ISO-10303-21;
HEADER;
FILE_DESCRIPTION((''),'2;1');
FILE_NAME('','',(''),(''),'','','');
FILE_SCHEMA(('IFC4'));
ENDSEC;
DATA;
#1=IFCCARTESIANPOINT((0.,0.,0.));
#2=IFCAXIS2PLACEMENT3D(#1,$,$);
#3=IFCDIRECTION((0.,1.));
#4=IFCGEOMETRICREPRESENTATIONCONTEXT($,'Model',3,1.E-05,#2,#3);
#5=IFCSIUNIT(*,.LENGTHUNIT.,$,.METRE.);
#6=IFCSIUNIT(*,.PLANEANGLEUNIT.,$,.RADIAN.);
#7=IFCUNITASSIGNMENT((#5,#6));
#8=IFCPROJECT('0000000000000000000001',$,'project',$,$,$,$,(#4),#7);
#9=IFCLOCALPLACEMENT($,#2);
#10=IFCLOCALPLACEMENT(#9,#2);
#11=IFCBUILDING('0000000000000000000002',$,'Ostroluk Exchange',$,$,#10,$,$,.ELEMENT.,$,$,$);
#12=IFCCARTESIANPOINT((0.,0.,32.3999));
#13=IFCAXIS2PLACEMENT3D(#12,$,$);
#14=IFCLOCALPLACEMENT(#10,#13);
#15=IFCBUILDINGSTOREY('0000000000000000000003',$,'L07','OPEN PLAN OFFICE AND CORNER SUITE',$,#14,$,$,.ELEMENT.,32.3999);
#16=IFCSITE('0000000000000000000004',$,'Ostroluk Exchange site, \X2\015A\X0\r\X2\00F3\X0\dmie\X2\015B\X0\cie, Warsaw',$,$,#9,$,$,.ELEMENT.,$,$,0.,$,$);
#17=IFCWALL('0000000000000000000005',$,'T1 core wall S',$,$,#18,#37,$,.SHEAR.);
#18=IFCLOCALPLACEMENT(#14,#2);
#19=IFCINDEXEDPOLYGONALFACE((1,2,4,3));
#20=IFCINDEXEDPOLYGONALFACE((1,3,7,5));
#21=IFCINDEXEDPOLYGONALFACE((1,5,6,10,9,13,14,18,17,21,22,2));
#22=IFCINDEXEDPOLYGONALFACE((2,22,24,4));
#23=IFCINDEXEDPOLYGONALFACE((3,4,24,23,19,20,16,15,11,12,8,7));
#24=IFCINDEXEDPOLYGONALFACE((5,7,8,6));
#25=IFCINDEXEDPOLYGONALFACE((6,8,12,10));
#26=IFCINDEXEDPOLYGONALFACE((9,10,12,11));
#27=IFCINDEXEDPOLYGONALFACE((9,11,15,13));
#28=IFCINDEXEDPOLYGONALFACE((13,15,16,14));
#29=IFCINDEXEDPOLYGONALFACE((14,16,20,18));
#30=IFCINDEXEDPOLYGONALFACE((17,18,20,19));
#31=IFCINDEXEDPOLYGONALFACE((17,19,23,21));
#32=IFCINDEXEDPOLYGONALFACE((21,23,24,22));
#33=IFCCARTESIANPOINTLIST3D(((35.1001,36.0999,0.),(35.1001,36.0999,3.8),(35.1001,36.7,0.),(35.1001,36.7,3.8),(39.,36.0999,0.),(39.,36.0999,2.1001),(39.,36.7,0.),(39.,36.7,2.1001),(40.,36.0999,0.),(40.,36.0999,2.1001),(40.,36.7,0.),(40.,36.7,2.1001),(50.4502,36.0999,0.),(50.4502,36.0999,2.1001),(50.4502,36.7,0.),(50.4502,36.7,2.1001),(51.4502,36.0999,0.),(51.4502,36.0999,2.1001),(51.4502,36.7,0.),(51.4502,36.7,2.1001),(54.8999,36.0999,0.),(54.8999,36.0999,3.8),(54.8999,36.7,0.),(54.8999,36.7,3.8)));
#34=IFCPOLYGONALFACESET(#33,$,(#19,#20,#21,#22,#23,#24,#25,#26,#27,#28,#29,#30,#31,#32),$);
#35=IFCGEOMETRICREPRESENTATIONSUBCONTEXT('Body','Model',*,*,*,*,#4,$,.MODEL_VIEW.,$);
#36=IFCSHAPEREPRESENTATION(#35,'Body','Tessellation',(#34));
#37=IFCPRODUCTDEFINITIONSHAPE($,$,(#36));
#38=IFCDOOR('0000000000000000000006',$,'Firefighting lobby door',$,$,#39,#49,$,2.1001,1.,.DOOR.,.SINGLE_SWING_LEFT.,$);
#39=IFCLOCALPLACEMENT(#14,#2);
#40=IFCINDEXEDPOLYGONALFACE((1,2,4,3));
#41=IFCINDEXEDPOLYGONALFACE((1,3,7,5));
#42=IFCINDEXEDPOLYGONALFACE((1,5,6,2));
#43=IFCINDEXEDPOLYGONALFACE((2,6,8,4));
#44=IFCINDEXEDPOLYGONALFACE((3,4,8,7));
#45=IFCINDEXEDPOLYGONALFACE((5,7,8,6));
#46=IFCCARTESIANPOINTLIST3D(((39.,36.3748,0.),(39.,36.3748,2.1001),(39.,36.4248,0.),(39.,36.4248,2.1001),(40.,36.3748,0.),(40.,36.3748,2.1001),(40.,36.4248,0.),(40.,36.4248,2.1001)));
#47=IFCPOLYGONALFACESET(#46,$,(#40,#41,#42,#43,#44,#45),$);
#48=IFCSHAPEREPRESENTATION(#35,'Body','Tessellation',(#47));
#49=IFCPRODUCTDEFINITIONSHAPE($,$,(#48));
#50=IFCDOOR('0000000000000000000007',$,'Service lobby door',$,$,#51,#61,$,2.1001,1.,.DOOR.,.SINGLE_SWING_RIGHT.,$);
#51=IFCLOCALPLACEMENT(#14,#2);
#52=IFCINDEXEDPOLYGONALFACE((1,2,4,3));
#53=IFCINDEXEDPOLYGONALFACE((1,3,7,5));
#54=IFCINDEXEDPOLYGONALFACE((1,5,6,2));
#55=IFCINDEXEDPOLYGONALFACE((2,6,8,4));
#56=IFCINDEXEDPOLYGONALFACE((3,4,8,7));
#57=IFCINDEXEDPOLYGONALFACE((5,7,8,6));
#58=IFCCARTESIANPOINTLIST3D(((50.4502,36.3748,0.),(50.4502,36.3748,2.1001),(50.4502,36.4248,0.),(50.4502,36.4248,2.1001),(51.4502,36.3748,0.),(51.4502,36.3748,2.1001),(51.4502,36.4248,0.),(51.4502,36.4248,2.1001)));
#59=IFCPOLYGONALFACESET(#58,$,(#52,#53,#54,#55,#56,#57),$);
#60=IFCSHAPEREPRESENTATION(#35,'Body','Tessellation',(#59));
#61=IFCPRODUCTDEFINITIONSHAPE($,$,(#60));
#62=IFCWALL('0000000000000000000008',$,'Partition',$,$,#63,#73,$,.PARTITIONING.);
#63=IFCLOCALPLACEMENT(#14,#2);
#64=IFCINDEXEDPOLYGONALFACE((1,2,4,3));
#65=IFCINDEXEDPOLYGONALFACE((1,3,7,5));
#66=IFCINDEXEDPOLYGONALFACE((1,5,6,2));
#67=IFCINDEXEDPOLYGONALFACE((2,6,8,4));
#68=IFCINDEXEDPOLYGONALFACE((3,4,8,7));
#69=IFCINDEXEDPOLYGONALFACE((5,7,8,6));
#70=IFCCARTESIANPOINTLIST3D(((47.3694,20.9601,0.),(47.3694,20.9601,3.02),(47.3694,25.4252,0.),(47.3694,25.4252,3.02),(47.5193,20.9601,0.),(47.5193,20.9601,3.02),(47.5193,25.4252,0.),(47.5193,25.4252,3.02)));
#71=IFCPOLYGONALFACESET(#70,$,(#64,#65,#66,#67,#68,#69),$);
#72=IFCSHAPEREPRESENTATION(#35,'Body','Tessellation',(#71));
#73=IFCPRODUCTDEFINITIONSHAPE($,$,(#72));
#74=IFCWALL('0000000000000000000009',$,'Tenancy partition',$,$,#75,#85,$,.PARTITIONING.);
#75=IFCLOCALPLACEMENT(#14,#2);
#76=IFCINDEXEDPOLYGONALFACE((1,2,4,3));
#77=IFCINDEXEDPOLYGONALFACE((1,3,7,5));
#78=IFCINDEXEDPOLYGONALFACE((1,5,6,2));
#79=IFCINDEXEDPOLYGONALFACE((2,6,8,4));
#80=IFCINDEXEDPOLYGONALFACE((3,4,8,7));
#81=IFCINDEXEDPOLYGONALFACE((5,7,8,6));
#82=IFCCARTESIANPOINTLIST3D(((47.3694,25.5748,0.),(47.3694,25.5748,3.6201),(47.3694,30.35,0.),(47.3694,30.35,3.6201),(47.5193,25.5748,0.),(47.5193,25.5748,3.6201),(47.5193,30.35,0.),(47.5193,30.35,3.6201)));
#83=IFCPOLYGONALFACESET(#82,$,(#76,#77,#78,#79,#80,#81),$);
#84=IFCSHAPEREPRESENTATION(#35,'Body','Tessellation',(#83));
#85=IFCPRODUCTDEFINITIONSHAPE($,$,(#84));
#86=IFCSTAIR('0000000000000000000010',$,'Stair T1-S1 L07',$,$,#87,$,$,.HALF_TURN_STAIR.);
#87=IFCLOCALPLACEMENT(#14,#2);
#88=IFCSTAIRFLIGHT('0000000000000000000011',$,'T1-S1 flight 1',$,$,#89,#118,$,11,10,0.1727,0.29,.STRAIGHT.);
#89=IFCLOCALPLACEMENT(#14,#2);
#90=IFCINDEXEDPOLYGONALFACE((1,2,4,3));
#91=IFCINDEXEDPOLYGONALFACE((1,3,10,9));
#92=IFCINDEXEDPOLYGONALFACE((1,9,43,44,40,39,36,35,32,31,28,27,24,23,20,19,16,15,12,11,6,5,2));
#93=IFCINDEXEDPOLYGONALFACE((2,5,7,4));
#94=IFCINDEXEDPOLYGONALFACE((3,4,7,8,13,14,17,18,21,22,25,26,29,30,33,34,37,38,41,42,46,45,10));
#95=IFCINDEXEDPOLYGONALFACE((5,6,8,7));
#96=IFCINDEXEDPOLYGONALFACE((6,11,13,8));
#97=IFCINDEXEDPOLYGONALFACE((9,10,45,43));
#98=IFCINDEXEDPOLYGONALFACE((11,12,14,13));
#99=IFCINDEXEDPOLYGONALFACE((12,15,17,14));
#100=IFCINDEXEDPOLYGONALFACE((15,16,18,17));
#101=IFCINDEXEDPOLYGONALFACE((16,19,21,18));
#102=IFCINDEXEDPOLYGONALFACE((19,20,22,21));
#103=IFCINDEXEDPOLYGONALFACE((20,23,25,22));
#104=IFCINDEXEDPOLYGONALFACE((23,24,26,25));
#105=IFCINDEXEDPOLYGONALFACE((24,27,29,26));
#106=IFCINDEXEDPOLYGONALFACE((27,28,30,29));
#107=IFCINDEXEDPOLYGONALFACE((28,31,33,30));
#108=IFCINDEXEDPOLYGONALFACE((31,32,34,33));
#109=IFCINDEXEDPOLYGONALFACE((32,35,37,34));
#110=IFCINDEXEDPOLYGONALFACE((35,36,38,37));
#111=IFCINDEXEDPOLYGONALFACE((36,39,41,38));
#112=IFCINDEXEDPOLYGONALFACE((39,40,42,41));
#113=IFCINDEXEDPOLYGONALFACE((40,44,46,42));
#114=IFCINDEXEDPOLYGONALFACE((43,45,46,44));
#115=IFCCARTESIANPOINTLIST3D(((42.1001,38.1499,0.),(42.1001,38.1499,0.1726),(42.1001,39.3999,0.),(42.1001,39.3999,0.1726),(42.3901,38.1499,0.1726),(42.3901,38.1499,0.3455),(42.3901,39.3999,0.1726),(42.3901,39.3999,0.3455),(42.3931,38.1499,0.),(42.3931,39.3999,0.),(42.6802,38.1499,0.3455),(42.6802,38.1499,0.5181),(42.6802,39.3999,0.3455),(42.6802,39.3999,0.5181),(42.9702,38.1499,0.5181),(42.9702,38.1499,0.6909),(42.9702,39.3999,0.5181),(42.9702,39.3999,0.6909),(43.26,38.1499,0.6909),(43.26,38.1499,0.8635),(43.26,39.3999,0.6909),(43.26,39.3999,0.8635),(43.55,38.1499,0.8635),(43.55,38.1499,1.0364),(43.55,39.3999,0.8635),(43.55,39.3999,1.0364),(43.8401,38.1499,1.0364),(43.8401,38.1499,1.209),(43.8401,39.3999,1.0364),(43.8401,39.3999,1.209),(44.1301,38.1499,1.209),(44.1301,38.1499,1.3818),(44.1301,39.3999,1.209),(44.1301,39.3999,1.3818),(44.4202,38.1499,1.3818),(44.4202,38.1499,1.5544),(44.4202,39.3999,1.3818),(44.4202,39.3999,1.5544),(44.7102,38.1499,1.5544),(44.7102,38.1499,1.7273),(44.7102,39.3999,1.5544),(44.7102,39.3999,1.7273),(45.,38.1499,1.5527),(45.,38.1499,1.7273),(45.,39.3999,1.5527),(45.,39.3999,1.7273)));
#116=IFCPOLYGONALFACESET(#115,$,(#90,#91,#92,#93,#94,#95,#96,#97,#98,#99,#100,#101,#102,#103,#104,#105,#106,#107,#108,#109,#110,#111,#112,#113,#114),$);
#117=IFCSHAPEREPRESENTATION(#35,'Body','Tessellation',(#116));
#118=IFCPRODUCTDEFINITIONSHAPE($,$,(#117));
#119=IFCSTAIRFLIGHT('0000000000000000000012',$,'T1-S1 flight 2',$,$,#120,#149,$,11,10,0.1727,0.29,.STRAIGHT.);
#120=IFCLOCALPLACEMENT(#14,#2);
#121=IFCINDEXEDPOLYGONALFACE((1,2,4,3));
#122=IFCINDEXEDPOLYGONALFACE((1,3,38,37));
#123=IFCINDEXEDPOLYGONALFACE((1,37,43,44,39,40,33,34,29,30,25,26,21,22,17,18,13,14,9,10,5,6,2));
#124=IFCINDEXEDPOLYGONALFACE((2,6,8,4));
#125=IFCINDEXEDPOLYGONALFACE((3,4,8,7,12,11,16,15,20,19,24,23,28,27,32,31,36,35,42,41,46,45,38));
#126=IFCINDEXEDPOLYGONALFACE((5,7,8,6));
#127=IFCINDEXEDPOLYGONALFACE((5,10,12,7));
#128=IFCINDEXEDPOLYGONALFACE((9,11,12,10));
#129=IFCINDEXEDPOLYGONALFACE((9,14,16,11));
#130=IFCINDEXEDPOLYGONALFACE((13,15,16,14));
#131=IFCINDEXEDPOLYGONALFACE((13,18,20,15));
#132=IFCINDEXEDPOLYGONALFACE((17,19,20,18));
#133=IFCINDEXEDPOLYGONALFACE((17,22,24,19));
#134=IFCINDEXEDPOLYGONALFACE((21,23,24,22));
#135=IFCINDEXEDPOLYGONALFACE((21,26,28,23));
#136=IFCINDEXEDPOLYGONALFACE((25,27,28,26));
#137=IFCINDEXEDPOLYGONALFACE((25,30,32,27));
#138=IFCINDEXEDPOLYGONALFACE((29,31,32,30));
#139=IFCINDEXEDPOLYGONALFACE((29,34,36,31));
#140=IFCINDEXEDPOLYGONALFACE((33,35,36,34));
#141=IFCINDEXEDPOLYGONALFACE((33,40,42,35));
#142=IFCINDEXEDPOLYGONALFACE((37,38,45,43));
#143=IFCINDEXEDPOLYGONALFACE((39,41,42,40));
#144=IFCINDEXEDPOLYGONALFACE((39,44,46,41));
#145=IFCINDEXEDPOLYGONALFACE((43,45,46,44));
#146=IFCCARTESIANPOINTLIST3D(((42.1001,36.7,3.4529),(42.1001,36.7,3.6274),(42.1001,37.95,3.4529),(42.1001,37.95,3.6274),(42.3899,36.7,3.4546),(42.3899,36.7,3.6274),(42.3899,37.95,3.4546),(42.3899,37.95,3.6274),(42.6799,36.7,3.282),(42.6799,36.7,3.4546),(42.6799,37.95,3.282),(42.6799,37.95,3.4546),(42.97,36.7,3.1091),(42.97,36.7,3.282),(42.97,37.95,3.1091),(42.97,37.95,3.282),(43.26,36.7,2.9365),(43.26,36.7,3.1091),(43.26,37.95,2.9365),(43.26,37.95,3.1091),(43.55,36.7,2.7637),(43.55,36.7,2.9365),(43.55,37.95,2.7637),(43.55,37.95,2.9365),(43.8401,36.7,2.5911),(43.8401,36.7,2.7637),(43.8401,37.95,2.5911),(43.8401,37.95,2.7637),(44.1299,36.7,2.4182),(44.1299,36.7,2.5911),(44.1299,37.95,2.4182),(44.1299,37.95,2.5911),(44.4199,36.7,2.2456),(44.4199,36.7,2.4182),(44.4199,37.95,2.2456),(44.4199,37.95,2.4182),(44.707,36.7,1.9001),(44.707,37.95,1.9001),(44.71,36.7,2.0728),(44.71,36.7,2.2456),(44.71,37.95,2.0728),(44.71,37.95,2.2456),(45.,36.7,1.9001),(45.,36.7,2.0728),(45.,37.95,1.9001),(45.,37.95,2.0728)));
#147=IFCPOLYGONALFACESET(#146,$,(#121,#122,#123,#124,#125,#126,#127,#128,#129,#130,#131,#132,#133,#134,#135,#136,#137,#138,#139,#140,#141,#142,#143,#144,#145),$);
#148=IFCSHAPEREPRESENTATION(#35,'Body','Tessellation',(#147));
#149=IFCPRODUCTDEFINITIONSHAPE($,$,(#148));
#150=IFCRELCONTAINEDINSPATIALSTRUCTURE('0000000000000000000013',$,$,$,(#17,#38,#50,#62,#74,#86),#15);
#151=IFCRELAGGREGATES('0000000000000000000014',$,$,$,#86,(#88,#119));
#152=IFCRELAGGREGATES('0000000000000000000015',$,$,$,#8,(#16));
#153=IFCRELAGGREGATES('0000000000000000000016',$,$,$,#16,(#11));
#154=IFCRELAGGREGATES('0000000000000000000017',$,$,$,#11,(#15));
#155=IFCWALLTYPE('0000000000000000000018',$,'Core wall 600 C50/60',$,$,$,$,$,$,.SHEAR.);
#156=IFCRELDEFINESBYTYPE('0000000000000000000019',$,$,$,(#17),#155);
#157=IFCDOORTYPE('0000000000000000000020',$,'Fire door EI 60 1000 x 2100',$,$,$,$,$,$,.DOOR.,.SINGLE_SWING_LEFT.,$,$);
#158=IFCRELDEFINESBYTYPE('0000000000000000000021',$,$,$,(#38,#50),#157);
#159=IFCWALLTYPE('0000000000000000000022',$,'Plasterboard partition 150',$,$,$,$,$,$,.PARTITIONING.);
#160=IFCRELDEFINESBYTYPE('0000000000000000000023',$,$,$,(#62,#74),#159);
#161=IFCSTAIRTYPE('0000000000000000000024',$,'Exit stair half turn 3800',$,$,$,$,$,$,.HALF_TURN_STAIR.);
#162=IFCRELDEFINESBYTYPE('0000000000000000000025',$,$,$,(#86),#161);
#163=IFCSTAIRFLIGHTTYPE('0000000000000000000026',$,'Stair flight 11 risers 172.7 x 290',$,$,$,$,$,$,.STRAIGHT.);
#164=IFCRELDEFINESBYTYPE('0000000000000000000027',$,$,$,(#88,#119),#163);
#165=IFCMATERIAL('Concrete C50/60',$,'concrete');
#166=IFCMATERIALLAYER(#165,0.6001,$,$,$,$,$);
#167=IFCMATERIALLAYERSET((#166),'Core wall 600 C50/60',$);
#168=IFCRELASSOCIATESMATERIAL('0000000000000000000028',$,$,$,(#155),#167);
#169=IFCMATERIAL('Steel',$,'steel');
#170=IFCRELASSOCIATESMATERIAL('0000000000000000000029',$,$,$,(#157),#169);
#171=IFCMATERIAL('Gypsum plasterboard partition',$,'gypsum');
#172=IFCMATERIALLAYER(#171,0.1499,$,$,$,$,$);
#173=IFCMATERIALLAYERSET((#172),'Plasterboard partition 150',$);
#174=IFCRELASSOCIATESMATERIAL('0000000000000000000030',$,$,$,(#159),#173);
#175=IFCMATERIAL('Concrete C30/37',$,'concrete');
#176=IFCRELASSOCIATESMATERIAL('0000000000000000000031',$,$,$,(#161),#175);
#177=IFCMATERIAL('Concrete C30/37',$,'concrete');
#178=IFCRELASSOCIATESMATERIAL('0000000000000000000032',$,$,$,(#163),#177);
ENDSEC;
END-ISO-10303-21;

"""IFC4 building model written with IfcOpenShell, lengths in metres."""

from ifc_helpers import new_model, si_unit, direction, frame, frame_2d, origin, place, context, subcontext, project, spatial, polyline, rectangle, outline, extrude, material, layer, layer_set, type_object, element, fill, aggregate, save


model = new_model("IFC4")

# Units and contexts
model_context = context("Model", 3, precision=1e-05, world=origin(), true_north=direction((0.0, 1.0)))
body_context = subcontext(model_context, "Body", "Model", "MODEL_VIEW")
ifc_project = project(units=[si_unit("LENGTHUNIT", "METRE"), si_unit("PLANEANGLEUNIT", "RADIAN")], contexts=[model_context])

# Site, building, storey
site_placement = place(None, origin())
site = spatial("IfcSite", under=ifc_project, at=site_placement, Name="Ostroluk Exchange site, Śródmieście, Warsaw", CompositionType="ELEMENT", RefElevation=0.0)
building_placement = place(site_placement, origin())
building = spatial("IfcBuilding", under=site, at=building_placement, Name="Ostroluk Exchange", CompositionType="ELEMENT")
storey_placement = place(building_placement, frame((0.0, 0.0, 32.3999)))
storey = spatial("IfcBuildingStorey", under=building, at=storey_placement, Name="L07", Description="OPEN PLAN OFFICE AND CORNER SUITE", CompositionType="ELEMENT", Elevation=32.3999)

# Wall, openings, doors
ifc_material_1 = material(Name="Concrete C50/60", Category="concrete")
ifc_layer_1 = layer(ifc_material_1, 0.6001)
ifc_layer_set_1 = layer_set([ifc_layer_1], Name="Core wall 600 C50/60")
wall_type_1 = type_object("IfcWallType", Name="Core wall 600 C50/60", PredefinedType="SHEAR", material=ifc_layer_set_1)
wall_1_placement = place(storey_placement, frame((35.1001, 36.3999, 0.0), z_axis=(0.0, 0.0, 1.0), x_axis=(1.0, 0.0, 0.0)))
wall_1 = element("IfcWall", 1, at=wall_1_placement, inside=storey, type_object=wall_type_1, Name="T1 core wall S", PredefinedType="SHEAR", context=body_context, shape_type="SweptSolid", body=[
    extrude(rectangle(XDim=19.7998, YDim=0.6001, at=frame_2d((9.8999, 0.0))), origin(), (0.0, 0.0, 1.0), 3.8),
])
opening_1_placement = place(wall_1_placement, frame((3.8999, 0.0, 0.0)))
opening_1 = element("IfcOpeningElement", 2, at=opening_1_placement, cuts=wall_1, PredefinedType="OPENING", context=body_context, shape_type="SweptSolid", body=[
    extrude(rectangle(XDim=1.0, YDim=2.1001, at=frame_2d((0.5, 1.05))), frame((0.0, 0.3101, 0.0), z_axis=(0.0, -1.0, 0.0), x_axis=(1.0, 0.0, 0.0)), (0.0, 0.0, 1.0), 0.6201),
])
opening_2_placement = place(wall_1_placement, frame((15.3501, 0.0, 0.0)))
opening_2 = element("IfcOpeningElement", 3, at=opening_2_placement, cuts=wall_1, PredefinedType="OPENING", context=body_context, shape_type="SweptSolid", body=[
    extrude(rectangle(XDim=1.0, YDim=2.1001, at=frame_2d((0.5, 1.05))), frame((0.0, 0.3101, 0.0), z_axis=(0.0, -1.0, 0.0), x_axis=(1.0, 0.0, 0.0)), (0.0, 0.0, 1.0), 0.6201),
])
ifc_material_2 = material(Name="Steel", Category="steel")
door_type_1 = type_object("IfcDoorType", Name="Fire door EI 60 1000 x 2100", OperationType="SINGLE_SWING_LEFT", PredefinedType="DOOR", material=ifc_material_2)
door_1_placement = place(opening_1_placement, origin())
door_1 = element("IfcDoor", 4, at=door_1_placement, inside=storey, type_object=door_type_1, Name="Firefighting lobby door", OperationType="SINGLE_SWING_LEFT", OverallHeight=2.1001, OverallWidth=1.0, PredefinedType="DOOR", context=body_context, shape_type="SweptSolid", body=[
    extrude(rectangle(XDim=1.0, YDim=2.1001, at=frame_2d((0.5, 1.05))), frame((0.0, 0.0249, 0.0), z_axis=(0.0, -1.0, 0.0), x_axis=(1.0, 0.0, 0.0)), (0.0, 0.0, 1.0), 0.05),
])
fill(opening_1, door_1)
door_2_placement = place(opening_2_placement, origin())
door_2 = element("IfcDoor", 5, at=door_2_placement, inside=storey, type_object=door_type_1, Name="Service lobby door", OperationType="SINGLE_SWING_RIGHT", OverallHeight=2.1001, OverallWidth=1.0, PredefinedType="DOOR", context=body_context, shape_type="SweptSolid", body=[
    extrude(rectangle(XDim=1.0, YDim=2.1001, at=frame_2d((0.5, 1.05))), frame((0.0, 0.0249, 0.0), z_axis=(0.0, -1.0, 0.0), x_axis=(1.0, 0.0, 0.0)), (0.0, 0.0, 1.0), 0.05),
])
fill(opening_2, door_2)

# Walls
ifc_material_3 = material(Name="Gypsum plasterboard partition", Category="gypsum")
ifc_layer_2 = layer(ifc_material_3, 0.1499)
ifc_layer_set_2 = layer_set([ifc_layer_2], Name="Plasterboard partition 150")
wall_type_2 = type_object("IfcWallType", Name="Plasterboard partition 150", PredefinedType="PARTITIONING", material=ifc_layer_set_2)
wall_2_placement = place(storey_placement, frame((47.4443, 25.425, 0.0), z_axis=(0.0, 0.0, 1.0), x_axis=(0.0, -1.0, 0.0)))
element("IfcWall", 6, at=wall_2_placement, inside=storey, type_object=wall_type_2, Name="Partition", PredefinedType="PARTITIONING", context=body_context, shape_type="SweptSolid", body=[
    extrude(rectangle(XDim=4.4651, YDim=0.1499, at=frame_2d((2.2324, 0.0))), origin(), (0.0, 0.0, 1.0), 3.02),
])
wall_3_placement = place(storey_placement, frame((47.4443, 30.3501, 0.0), z_axis=(0.0, 0.0, 1.0), x_axis=(0.0, -1.0, 0.0)))
element("IfcWall", 7, at=wall_3_placement, inside=storey, type_object=wall_type_2, Name="Tenancy partition", PredefinedType="PARTITIONING", context=body_context, shape_type="SweptSolid", body=[
    extrude(rectangle(XDim=4.7751, YDim=0.1499, at=frame_2d((2.3877, 0.0))), origin(), (0.0, 0.0, 1.0), 3.6201),
])

# Stair, stair flights
ifc_material_4 = material(Name="Concrete C30/37", Category="concrete")
stair_type = type_object("IfcStairType", Name="Exit stair half turn 3800", PredefinedType="HALF_TURN_STAIR", material=ifc_material_4)
stair_placement = place(storey_placement, origin())
stair = element("IfcStair", 8, at=stair_placement, inside=storey, type_object=stair_type, Name="Stair T1-S1 L07", PredefinedType="HALF_TURN_STAIR")
ifc_material_5 = material(Name="Concrete C30/37", Category="concrete")
stair_flight_type = type_object("IfcStairFlightType", Name="Stair flight 11 risers 172.7 x 290", PredefinedType="STRAIGHT", material=ifc_material_5)
stair_flight_1_placement = place(storey_placement, frame((42.1001, 38.7749, 0.0), z_axis=(0.0, 0.0, 1.0), x_axis=(1.0, 0.0, 0.0)))
stair_flight_1 = element("IfcStairFlight", 9, at=stair_flight_1_placement, type_object=stair_flight_type, Name="T1-S1 flight 1", NumberOfRisers=11, NumberOfTreads=10, PredefinedType="STRAIGHT", RiserHeight=0.1727, TreadLength=0.29, context=body_context, shape_type="SweptSolid", body=[
    extrude(outline(polyline([(0.0, 0.0), (0.0, 0.1726), (0.29, 0.1726), (0.29, 0.3455), (0.5801, 0.3455), (0.5801, 0.5181), (0.8701, 0.5181), (0.8701, 0.6909), (1.1599, 0.6909), (1.1599, 0.8635), (1.45, 0.8635), (1.45, 1.0364), (1.74, 1.0364), (1.74, 1.209), (2.03, 1.209), (2.03, 1.3818), (2.3201, 1.3818), (2.3201, 1.5544), (2.6101, 1.5544), (2.6101, 1.7273), (2.8999, 1.7273), (2.8999, 1.8999), (2.8999, 1.5527), (0.293, 0.0), (0.0, 0.0)])), frame((0.0, 0.625, 0.0), z_axis=(0.0, -1.0, 0.0), x_axis=(1.0, 0.0, 0.0)), (0.0, 0.0, 1.0), 1.25),
])
stair_flight_2_placement = place(storey_placement, frame((45.0, 37.325, 1.9001), z_axis=(0.0, 0.0, 1.0), x_axis=(-1.0, 0.0, 0.0)))
stair_flight_2 = element("IfcStairFlight", 10, at=stair_flight_2_placement, type_object=stair_flight_type, Name="T1-S1 flight 2", NumberOfRisers=11, NumberOfTreads=10, PredefinedType="STRAIGHT", RiserHeight=0.1727, TreadLength=0.29, context=body_context, shape_type="SweptSolid", body=[
    extrude(outline(polyline([(0.0, 0.0), (0.0, 0.1726), (0.29, 0.1726), (0.29, 0.3455), (0.5801, 0.3455), (0.5801, 0.5181), (0.8701, 0.5181), (0.8701, 0.6909), (1.1599, 0.6909), (1.1599, 0.8635), (1.45, 0.8635), (1.45, 1.0364), (1.74, 1.0364), (1.74, 1.209), (2.03, 1.209), (2.03, 1.3818), (2.3201, 1.3818), (2.3201, 1.5544), (2.6101, 1.5544), (2.6101, 1.7273), (2.8999, 1.7273), (2.8999, 1.8999), (2.8999, 1.5527), (0.293, 0.0), (0.0, 0.0)])), frame((0.0, 0.625, 0.0), z_axis=(0.0, -1.0, 0.0), x_axis=(1.0, 0.0, 0.0)), (0.0, 0.0, 1.0), 1.25),
])
aggregate(stair, [stair_flight_1, stair_flight_2])

save(model, "model.ifc")
